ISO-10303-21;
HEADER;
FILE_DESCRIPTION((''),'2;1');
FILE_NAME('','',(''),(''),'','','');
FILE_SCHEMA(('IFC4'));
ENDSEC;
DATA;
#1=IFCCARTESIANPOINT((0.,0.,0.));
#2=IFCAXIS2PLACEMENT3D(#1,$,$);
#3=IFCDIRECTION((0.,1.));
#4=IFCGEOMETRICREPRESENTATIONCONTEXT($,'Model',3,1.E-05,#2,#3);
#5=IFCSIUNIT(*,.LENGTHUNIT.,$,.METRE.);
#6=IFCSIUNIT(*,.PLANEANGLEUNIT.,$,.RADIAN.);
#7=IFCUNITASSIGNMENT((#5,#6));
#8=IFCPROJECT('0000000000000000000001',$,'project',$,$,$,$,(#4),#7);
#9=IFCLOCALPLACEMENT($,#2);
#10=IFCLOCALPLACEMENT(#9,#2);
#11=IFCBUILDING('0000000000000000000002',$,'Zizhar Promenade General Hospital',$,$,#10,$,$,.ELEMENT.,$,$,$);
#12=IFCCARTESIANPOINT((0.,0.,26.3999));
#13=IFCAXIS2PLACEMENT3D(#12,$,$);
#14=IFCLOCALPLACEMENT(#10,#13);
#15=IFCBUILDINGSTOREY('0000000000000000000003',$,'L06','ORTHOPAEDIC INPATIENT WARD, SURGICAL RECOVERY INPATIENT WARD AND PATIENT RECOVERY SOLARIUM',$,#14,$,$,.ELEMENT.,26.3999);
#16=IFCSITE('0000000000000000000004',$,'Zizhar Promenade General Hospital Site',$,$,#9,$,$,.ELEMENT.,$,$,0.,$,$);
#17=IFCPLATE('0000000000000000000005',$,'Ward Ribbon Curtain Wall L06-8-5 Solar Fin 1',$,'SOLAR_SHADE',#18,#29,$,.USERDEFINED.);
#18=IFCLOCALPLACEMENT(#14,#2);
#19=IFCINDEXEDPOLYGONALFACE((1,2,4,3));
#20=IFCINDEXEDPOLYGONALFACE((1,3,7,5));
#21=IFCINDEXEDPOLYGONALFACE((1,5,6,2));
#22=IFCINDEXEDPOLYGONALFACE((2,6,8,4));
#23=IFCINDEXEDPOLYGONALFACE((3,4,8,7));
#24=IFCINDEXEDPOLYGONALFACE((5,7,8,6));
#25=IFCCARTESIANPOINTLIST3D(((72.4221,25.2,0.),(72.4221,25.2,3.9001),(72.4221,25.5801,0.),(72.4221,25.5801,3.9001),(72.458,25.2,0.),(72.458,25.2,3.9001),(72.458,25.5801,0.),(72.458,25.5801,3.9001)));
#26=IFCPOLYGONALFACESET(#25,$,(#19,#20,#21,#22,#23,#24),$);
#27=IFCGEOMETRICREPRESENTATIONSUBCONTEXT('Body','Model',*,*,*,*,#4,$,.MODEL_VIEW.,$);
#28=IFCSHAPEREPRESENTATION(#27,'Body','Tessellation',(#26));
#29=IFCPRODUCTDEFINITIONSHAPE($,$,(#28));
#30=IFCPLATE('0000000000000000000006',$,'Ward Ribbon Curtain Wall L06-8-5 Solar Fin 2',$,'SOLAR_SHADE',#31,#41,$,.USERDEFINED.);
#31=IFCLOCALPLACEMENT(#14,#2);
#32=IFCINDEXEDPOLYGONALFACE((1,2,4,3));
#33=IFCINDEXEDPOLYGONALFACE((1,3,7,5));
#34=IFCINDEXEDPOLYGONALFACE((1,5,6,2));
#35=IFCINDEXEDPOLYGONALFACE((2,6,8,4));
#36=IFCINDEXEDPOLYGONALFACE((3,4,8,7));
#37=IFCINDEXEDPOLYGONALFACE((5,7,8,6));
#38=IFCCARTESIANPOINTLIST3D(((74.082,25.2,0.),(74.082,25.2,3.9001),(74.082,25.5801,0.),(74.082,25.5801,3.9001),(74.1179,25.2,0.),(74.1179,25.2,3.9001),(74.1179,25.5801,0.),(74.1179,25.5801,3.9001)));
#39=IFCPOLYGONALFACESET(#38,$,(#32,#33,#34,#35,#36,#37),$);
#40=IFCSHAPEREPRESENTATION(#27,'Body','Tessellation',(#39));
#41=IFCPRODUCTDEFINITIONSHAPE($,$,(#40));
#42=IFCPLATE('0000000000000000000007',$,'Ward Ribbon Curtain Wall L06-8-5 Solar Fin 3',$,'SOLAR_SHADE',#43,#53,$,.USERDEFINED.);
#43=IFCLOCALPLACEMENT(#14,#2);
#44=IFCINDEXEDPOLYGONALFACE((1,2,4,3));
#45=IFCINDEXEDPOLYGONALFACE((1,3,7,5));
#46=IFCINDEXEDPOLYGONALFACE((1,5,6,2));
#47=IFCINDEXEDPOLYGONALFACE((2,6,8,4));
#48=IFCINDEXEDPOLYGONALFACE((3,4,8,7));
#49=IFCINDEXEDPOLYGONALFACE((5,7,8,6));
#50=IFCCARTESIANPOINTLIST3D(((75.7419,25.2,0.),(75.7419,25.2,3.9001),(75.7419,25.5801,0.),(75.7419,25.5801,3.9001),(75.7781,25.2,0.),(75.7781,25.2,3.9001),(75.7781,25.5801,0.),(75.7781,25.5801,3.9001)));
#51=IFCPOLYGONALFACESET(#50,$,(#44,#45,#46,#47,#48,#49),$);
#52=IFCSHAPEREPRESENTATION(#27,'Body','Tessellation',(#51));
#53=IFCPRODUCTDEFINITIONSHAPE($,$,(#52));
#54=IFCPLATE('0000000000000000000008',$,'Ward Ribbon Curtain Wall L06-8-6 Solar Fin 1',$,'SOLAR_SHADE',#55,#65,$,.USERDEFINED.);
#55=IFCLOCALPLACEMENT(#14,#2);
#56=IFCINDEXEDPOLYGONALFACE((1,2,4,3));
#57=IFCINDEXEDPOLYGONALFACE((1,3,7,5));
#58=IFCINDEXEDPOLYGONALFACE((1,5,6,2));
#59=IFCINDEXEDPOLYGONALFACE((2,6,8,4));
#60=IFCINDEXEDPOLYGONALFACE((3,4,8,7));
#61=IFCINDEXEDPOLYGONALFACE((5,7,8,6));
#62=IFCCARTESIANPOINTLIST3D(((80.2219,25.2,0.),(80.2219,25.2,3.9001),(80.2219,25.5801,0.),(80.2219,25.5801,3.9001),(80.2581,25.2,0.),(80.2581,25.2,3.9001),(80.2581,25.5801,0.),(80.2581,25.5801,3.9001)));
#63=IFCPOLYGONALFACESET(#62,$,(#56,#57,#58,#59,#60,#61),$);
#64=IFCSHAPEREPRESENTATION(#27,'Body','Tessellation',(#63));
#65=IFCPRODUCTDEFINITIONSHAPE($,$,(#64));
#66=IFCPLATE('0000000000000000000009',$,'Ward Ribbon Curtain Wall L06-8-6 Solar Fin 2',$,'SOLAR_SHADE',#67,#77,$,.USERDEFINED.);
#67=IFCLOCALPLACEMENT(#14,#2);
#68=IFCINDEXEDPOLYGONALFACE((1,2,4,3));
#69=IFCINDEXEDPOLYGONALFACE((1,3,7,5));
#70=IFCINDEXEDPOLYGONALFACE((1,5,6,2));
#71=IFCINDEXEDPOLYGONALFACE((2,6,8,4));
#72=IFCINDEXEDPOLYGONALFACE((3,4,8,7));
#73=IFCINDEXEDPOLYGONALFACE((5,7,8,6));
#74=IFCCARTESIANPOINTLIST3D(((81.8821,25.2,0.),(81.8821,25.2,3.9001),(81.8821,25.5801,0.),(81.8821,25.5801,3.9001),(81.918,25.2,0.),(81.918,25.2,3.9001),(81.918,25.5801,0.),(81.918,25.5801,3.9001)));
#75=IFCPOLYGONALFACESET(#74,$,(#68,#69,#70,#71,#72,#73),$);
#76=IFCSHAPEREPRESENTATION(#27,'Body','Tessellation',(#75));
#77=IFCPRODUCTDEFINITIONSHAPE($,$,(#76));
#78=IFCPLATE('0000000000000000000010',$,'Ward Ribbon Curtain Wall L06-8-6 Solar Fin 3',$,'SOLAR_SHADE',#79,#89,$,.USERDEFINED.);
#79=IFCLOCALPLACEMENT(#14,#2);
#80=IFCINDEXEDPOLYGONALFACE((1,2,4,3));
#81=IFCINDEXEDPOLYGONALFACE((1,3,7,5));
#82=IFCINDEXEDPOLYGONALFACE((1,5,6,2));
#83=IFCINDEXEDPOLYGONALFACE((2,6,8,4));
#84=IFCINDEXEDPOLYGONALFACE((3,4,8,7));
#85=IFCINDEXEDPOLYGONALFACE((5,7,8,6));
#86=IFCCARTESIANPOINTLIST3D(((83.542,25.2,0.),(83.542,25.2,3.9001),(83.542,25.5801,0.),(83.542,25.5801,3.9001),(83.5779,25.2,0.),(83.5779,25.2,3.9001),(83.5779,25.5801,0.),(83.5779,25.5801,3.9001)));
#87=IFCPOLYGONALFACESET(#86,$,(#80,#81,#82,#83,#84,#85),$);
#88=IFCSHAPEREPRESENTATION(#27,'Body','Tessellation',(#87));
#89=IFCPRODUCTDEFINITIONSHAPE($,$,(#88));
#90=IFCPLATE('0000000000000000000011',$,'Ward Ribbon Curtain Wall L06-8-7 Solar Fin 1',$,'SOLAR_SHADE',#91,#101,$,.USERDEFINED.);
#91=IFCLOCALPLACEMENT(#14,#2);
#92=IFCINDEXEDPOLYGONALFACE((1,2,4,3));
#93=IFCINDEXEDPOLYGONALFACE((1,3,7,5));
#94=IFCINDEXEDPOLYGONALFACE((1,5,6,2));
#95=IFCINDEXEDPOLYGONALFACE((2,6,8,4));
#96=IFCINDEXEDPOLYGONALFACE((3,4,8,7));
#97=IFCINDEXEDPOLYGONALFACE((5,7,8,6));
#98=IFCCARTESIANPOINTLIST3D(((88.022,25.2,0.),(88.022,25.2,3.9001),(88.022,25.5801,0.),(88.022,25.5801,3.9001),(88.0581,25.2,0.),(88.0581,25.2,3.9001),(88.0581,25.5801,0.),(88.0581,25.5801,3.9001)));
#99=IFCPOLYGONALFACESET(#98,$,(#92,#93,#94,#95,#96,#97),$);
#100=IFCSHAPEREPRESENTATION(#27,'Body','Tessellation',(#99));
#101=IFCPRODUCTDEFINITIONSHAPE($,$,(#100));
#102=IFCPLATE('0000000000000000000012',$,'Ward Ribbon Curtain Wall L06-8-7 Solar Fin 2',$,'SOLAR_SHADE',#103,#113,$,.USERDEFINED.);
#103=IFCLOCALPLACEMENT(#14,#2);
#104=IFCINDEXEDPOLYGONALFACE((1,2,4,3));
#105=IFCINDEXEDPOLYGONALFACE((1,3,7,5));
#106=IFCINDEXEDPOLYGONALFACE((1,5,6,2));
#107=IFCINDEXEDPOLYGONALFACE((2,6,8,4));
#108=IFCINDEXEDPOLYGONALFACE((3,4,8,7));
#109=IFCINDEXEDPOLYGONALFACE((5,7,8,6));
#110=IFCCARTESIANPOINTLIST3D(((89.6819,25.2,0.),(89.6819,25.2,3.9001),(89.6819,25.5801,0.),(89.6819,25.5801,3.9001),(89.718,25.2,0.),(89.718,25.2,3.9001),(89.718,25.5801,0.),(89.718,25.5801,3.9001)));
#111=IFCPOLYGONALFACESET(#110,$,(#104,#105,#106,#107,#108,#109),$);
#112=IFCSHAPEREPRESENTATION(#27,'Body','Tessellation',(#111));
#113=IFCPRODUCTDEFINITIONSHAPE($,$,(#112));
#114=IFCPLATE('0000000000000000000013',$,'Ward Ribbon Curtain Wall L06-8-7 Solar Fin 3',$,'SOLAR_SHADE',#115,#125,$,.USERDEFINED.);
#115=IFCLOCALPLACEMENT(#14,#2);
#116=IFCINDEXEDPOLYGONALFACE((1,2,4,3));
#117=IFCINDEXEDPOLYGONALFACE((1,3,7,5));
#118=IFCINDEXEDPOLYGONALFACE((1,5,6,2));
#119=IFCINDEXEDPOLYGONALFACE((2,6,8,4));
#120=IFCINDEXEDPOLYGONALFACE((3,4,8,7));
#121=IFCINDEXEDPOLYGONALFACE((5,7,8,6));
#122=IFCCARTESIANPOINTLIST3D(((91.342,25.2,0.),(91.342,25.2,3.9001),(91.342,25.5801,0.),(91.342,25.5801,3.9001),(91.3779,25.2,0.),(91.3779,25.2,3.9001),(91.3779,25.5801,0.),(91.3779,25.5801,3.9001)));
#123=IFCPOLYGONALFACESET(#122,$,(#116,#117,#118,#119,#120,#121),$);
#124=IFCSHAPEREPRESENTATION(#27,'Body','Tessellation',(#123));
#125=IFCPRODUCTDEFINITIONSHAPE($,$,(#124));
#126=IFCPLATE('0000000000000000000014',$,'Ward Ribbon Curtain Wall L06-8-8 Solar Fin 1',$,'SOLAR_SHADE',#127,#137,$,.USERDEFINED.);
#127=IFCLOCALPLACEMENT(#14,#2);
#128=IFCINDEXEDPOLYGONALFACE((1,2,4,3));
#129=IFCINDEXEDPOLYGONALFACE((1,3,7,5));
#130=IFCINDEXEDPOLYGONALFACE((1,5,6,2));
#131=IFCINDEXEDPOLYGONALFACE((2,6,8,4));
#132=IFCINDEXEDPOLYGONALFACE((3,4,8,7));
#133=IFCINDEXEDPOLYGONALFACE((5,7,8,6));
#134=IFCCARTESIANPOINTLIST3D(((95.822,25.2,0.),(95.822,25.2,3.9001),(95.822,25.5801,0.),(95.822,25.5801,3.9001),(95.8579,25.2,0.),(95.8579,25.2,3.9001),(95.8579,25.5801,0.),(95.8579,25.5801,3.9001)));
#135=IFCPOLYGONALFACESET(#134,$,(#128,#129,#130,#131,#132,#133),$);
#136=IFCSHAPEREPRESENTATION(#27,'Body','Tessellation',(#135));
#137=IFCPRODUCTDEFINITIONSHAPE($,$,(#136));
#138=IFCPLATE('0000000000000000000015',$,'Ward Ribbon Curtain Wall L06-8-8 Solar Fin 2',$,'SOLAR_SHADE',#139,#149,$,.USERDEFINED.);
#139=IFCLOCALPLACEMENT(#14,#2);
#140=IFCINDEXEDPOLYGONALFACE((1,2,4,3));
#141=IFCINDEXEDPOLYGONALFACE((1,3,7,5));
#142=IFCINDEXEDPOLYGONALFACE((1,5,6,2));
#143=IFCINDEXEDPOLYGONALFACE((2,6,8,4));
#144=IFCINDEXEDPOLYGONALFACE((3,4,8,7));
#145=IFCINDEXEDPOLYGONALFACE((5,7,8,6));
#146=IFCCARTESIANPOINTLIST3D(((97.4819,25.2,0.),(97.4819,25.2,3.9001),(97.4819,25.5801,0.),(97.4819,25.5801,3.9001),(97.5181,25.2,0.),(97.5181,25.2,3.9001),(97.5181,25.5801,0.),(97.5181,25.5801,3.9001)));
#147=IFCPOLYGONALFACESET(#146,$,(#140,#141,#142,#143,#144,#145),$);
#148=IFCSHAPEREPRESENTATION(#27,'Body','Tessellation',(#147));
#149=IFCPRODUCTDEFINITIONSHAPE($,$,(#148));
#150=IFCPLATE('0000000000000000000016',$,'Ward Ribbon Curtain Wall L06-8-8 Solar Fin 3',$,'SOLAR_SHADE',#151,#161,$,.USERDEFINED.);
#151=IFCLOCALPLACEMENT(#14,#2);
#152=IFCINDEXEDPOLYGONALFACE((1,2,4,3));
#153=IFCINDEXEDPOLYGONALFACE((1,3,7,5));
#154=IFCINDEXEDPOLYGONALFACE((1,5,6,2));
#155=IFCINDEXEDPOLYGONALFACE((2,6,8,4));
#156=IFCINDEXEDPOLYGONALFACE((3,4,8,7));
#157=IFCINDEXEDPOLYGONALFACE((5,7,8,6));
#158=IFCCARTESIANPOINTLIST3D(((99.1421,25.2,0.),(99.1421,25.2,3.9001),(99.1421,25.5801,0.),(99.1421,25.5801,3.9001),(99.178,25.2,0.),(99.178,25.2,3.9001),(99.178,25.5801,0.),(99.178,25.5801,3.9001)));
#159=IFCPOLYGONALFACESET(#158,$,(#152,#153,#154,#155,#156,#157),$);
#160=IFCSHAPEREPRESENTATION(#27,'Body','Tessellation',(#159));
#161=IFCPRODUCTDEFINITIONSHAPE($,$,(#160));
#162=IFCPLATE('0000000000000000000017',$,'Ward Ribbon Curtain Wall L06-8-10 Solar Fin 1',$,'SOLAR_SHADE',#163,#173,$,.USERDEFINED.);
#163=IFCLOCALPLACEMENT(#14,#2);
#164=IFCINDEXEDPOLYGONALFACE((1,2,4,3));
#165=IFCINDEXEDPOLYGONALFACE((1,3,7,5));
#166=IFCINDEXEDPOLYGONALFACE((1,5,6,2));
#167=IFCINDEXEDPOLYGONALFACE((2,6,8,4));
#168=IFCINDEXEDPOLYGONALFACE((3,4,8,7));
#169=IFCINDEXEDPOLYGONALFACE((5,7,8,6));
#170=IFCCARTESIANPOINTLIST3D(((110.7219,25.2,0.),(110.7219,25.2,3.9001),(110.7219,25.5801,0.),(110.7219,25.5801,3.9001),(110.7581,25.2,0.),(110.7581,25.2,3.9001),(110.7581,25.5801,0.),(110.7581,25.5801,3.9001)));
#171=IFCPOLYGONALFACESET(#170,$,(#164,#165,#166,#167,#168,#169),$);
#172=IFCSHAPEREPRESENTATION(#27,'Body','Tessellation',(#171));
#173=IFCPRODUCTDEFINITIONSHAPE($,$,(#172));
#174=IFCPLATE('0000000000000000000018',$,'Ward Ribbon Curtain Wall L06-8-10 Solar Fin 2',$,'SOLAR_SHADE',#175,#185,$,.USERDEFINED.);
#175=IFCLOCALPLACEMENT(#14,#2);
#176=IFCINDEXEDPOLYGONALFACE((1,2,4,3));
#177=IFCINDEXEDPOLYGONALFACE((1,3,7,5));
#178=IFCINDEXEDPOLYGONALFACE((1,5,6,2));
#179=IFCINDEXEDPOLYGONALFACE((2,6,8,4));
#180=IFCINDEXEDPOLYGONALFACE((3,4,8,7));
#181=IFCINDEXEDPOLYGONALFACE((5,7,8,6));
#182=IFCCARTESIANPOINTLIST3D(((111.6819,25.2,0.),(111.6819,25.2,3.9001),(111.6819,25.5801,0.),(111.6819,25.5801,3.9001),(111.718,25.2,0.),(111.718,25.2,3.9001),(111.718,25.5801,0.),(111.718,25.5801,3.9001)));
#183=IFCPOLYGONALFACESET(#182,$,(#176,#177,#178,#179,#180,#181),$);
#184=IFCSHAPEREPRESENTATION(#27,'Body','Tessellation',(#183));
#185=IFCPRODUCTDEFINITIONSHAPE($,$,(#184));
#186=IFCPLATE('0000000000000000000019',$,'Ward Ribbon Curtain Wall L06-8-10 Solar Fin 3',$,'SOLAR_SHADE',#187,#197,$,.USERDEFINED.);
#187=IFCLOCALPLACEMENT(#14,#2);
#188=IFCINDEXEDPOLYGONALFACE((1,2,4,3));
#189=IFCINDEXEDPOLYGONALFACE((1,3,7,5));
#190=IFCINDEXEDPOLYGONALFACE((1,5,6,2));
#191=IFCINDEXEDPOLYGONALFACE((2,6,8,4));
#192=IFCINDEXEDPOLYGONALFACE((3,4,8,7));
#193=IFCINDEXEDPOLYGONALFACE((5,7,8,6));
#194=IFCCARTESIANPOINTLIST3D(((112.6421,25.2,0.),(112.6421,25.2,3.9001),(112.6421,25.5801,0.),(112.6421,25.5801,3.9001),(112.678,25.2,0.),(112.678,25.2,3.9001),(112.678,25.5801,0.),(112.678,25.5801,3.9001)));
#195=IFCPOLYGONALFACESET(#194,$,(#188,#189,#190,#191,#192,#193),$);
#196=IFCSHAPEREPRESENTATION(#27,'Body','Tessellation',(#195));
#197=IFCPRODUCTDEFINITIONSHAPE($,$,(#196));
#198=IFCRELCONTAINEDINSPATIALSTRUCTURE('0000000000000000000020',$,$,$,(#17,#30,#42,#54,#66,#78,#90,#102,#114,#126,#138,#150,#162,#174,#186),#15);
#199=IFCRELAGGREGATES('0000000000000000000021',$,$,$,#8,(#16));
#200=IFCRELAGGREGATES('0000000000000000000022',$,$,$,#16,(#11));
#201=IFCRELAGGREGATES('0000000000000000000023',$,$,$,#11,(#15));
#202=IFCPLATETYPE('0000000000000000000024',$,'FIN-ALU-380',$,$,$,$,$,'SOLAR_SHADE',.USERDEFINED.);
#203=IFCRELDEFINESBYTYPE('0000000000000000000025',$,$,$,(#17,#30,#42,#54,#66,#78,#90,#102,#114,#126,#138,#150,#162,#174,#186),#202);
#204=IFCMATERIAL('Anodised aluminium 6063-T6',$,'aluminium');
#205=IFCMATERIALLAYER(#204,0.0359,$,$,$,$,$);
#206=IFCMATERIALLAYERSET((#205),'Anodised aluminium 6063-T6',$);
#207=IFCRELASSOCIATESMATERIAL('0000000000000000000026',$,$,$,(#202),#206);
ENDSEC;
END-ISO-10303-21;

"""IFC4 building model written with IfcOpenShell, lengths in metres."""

from ifc_helpers import new_model, si_unit, direction, frame, origin, place, context, subcontext, project, spatial, polyline, outline, extrude, material, layer, layer_set, type_object, element, save


model = new_model("IFC4")

# Units and contexts
model_context = context("Model", 3, precision=1e-05, world=origin(), true_north=direction((0.0, 1.0)))
body_context = subcontext(model_context, "Body", "Model", "MODEL_VIEW")
ifc_project = project(units=[si_unit("LENGTHUNIT", "METRE"), si_unit("PLANEANGLEUNIT", "RADIAN")], contexts=[model_context])

# Site, building, storey
site_placement = place(None, origin())
site = spatial("IfcSite", under=ifc_project, at=site_placement, Name="Zizhar Promenade General Hospital Site", CompositionType="ELEMENT", RefElevation=0.0)
building_placement = place(site_placement, origin())
building = spatial("IfcBuilding", under=site, at=building_placement, Name="Zizhar Promenade General Hospital", CompositionType="ELEMENT")
storey_placement = place(building_placement, frame((0.0, 0.0, 26.3999)))
storey = spatial("IfcBuildingStorey", under=building, at=storey_placement, Name="L06", Description="ORTHOPAEDIC INPATIENT WARD, SURGICAL RECOVERY INPATIENT WARD AND PATIENT RECOVERY SOLARIUM", CompositionType="ELEMENT", Elevation=26.3999)

# Plates
ifc_material = material(Name="Anodised aluminium 6063-T6", Category="aluminium")
ifc_layer = layer(ifc_material, 0.0359)
ifc_layer_set = layer_set([ifc_layer], Name="Anodised aluminium 6063-T6")
plate_type = type_object("IfcPlateType", Name="FIN-ALU-380", ElementType="SOLAR_SHADE", PredefinedType="USERDEFINED", material=ifc_layer_set)
plate_1_placement = place(storey_placement, origin())
element("IfcPlate", 1, at=plate_1_placement, inside=storey, type_object=plate_type, Name="Ward Ribbon Curtain Wall L06-8-5 Solar Fin 1", ObjectType="SOLAR_SHADE", PredefinedType="USERDEFINED", context=body_context, shape_type="SweptSolid", body=[
    extrude(outline(polyline([(72.4221, 25.2), (72.458, 25.2), (72.458, 25.5801), (72.4221, 25.5801), (72.4221, 25.2)])), origin(), (0.0, 0.0, 1.0), 3.9001),
])
plate_2_placement = place(storey_placement, origin())
element("IfcPlate", 2, at=plate_2_placement, inside=storey, type_object=plate_type, Name="Ward Ribbon Curtain Wall L06-8-5 Solar Fin 2", ObjectType="SOLAR_SHADE", PredefinedType="USERDEFINED", context=body_context, shape_type="SweptSolid", body=[
    extrude(outline(polyline([(74.082, 25.2), (74.1179, 25.2), (74.1179, 25.5801), (74.082, 25.5801), (74.082, 25.2)])), origin(), (0.0, 0.0, 1.0), 3.9001),
])
plate_3_placement = place(storey_placement, origin())
element("IfcPlate", 3, at=plate_3_placement, inside=storey, type_object=plate_type, Name="Ward Ribbon Curtain Wall L06-8-5 Solar Fin 3", ObjectType="SOLAR_SHADE", PredefinedType="USERDEFINED", context=body_context, shape_type="SweptSolid", body=[
    extrude(outline(polyline([(75.7419, 25.2), (75.7781, 25.2), (75.7781, 25.5801), (75.7419, 25.5801), (75.7419, 25.2)])), origin(), (0.0, 0.0, 1.0), 3.9001),
])
plate_4_placement = place(storey_placement, origin())
element("IfcPlate", 4, at=plate_4_placement, inside=storey, type_object=plate_type, Name="Ward Ribbon Curtain Wall L06-8-6 Solar Fin 1", ObjectType="SOLAR_SHADE", PredefinedType="USERDEFINED", context=body_context, shape_type="SweptSolid", body=[
    extrude(outline(polyline([(80.2219, 25.2), (80.2581, 25.2), (80.2581, 25.5801), (80.2219, 25.5801), (80.2219, 25.2)])), origin(), (0.0, 0.0, 1.0), 3.9001),
])
plate_5_placement = place(storey_placement, origin())
element("IfcPlate", 5, at=plate_5_placement, inside=storey, type_object=plate_type, Name="Ward Ribbon Curtain Wall L06-8-6 Solar Fin 2", ObjectType="SOLAR_SHADE", PredefinedType="USERDEFINED", context=body_context, shape_type="SweptSolid", body=[
    extrude(outline(polyline([(81.8821, 25.2), (81.918, 25.2), (81.918, 25.5801), (81.8821, 25.5801), (81.8821, 25.2)])), origin(), (0.0, 0.0, 1.0), 3.9001),
])
plate_6_placement = place(storey_placement, origin())
element("IfcPlate", 6, at=plate_6_placement, inside=storey, type_object=plate_type, Name="Ward Ribbon Curtain Wall L06-8-6 Solar Fin 3", ObjectType="SOLAR_SHADE", PredefinedType="USERDEFINED", context=body_context, shape_type="SweptSolid", body=[
    extrude(outline(polyline([(83.542, 25.2), (83.5779, 25.2), (83.5779, 25.5801), (83.542, 25.5801), (83.542, 25.2)])), origin(), (0.0, 0.0, 1.0), 3.9001),
])
plate_7_placement = place(storey_placement, origin())
element("IfcPlate", 7, at=plate_7_placement, inside=storey, type_object=plate_type, Name="Ward Ribbon Curtain Wall L06-8-7 Solar Fin 1", ObjectType="SOLAR_SHADE", PredefinedType="USERDEFINED", context=body_context, shape_type="SweptSolid", body=[
    extrude(outline(polyline([(88.022, 25.2), (88.0581, 25.2), (88.0581, 25.5801), (88.022, 25.5801), (88.022, 25.2)])), origin(), (0.0, 0.0, 1.0), 3.9001),
])
plate_8_placement = place(storey_placement, origin())
element("IfcPlate", 8, at=plate_8_placement, inside=storey, type_object=plate_type, Name="Ward Ribbon Curtain Wall L06-8-7 Solar Fin 2", ObjectType="SOLAR_SHADE", PredefinedType="USERDEFINED", context=body_context, shape_type="SweptSolid", body=[
    extrude(outline(polyline([(89.6819, 25.2), (89.718, 25.2), (89.718, 25.5801), (89.6819, 25.5801), (89.6819, 25.2)])), origin(), (0.0, 0.0, 1.0), 3.9001),
])
plate_9_placement = place(storey_placement, origin())
element("IfcPlate", 9, at=plate_9_placement, inside=storey, type_object=plate_type, Name="Ward Ribbon Curtain Wall L06-8-7 Solar Fin 3", ObjectType="SOLAR_SHADE", PredefinedType="USERDEFINED", context=body_context, shape_type="SweptSolid", body=[
    extrude(outline(polyline([(91.342, 25.2), (91.3779, 25.2), (91.3779, 25.5801), (91.342, 25.5801), (91.342, 25.2)])), origin(), (0.0, 0.0, 1.0), 3.9001),
])
plate_10_placement = place(storey_placement, origin())
element("IfcPlate", 10, at=plate_10_placement, inside=storey, type_object=plate_type, Name="Ward Ribbon Curtain Wall L06-8-8 Solar Fin 1", ObjectType="SOLAR_SHADE", PredefinedType="USERDEFINED", context=body_context, shape_type="SweptSolid", body=[
    extrude(outline(polyline([(95.822, 25.2), (95.8579, 25.2), (95.8579, 25.5801), (95.822, 25.5801), (95.822, 25.2)])), origin(), (0.0, 0.0, 1.0), 3.9001),
])
plate_11_placement = place(storey_placement, origin())
element("IfcPlate", 11, at=plate_11_placement, inside=storey, type_object=plate_type, Name="Ward Ribbon Curtain Wall L06-8-8 Solar Fin 2", ObjectType="SOLAR_SHADE", PredefinedType="USERDEFINED", context=body_context, shape_type="SweptSolid", body=[
    extrude(outline(polyline([(97.4819, 25.2), (97.5181, 25.2), (97.5181, 25.5801), (97.4819, 25.5801), (97.4819, 25.2)])), origin(), (0.0, 0.0, 1.0), 3.9001),
])
plate_12_placement = place(storey_placement, origin())
element("IfcPlate", 12, at=plate_12_placement, inside=storey, type_object=plate_type, Name="Ward Ribbon Curtain Wall L06-8-8 Solar Fin 3", ObjectType="SOLAR_SHADE", PredefinedType="USERDEFINED", context=body_context, shape_type="SweptSolid", body=[
    extrude(outline(polyline([(99.1421, 25.2), (99.178, 25.2), (99.178, 25.5801), (99.1421, 25.5801), (99.1421, 25.2)])), origin(), (0.0, 0.0, 1.0), 3.9001),
])
plate_13_placement = place(storey_placement, origin())
element("IfcPlate", 13, at=plate_13_placement, inside=storey, type_object=plate_type, Name="Ward Ribbon Curtain Wall L06-8-10 Solar Fin 1", ObjectType="SOLAR_SHADE", PredefinedType="USERDEFINED", context=body_context, shape_type="SweptSolid", body=[
    extrude(outline(polyline([(110.7219, 25.2), (110.7581, 25.2), (110.7581, 25.5801), (110.7219, 25.5801), (110.7219, 25.2)])), origin(), (0.0, 0.0, 1.0), 3.9001),
])
plate_14_placement = place(storey_placement, origin())
element("IfcPlate", 14, at=plate_14_placement, inside=storey, type_object=plate_type, Name="Ward Ribbon Curtain Wall L06-8-10 Solar Fin 2", ObjectType="SOLAR_SHADE", PredefinedType="USERDEFINED", context=body_context, shape_type="SweptSolid", body=[
    extrude(outline(polyline([(111.6819, 25.2), (111.718, 25.2), (111.718, 25.5801), (111.6819, 25.5801), (111.6819, 25.2)])), origin(), (0.0, 0.0, 1.0), 3.9001),
])
plate_15_placement = place(storey_placement, origin())
element("IfcPlate", 15, at=plate_15_placement, inside=storey, type_object=plate_type, Name="Ward Ribbon Curtain Wall L06-8-10 Solar Fin 3", ObjectType="SOLAR_SHADE", PredefinedType="USERDEFINED", context=body_context, shape_type="SweptSolid", body=[
    extrude(outline(polyline([(112.6421, 25.2), (112.678, 25.2), (112.678, 25.5801), (112.6421, 25.5801), (112.6421, 25.2)])), origin(), (0.0, 0.0, 1.0), 3.9001),
])

save(model, "model.ifc")
